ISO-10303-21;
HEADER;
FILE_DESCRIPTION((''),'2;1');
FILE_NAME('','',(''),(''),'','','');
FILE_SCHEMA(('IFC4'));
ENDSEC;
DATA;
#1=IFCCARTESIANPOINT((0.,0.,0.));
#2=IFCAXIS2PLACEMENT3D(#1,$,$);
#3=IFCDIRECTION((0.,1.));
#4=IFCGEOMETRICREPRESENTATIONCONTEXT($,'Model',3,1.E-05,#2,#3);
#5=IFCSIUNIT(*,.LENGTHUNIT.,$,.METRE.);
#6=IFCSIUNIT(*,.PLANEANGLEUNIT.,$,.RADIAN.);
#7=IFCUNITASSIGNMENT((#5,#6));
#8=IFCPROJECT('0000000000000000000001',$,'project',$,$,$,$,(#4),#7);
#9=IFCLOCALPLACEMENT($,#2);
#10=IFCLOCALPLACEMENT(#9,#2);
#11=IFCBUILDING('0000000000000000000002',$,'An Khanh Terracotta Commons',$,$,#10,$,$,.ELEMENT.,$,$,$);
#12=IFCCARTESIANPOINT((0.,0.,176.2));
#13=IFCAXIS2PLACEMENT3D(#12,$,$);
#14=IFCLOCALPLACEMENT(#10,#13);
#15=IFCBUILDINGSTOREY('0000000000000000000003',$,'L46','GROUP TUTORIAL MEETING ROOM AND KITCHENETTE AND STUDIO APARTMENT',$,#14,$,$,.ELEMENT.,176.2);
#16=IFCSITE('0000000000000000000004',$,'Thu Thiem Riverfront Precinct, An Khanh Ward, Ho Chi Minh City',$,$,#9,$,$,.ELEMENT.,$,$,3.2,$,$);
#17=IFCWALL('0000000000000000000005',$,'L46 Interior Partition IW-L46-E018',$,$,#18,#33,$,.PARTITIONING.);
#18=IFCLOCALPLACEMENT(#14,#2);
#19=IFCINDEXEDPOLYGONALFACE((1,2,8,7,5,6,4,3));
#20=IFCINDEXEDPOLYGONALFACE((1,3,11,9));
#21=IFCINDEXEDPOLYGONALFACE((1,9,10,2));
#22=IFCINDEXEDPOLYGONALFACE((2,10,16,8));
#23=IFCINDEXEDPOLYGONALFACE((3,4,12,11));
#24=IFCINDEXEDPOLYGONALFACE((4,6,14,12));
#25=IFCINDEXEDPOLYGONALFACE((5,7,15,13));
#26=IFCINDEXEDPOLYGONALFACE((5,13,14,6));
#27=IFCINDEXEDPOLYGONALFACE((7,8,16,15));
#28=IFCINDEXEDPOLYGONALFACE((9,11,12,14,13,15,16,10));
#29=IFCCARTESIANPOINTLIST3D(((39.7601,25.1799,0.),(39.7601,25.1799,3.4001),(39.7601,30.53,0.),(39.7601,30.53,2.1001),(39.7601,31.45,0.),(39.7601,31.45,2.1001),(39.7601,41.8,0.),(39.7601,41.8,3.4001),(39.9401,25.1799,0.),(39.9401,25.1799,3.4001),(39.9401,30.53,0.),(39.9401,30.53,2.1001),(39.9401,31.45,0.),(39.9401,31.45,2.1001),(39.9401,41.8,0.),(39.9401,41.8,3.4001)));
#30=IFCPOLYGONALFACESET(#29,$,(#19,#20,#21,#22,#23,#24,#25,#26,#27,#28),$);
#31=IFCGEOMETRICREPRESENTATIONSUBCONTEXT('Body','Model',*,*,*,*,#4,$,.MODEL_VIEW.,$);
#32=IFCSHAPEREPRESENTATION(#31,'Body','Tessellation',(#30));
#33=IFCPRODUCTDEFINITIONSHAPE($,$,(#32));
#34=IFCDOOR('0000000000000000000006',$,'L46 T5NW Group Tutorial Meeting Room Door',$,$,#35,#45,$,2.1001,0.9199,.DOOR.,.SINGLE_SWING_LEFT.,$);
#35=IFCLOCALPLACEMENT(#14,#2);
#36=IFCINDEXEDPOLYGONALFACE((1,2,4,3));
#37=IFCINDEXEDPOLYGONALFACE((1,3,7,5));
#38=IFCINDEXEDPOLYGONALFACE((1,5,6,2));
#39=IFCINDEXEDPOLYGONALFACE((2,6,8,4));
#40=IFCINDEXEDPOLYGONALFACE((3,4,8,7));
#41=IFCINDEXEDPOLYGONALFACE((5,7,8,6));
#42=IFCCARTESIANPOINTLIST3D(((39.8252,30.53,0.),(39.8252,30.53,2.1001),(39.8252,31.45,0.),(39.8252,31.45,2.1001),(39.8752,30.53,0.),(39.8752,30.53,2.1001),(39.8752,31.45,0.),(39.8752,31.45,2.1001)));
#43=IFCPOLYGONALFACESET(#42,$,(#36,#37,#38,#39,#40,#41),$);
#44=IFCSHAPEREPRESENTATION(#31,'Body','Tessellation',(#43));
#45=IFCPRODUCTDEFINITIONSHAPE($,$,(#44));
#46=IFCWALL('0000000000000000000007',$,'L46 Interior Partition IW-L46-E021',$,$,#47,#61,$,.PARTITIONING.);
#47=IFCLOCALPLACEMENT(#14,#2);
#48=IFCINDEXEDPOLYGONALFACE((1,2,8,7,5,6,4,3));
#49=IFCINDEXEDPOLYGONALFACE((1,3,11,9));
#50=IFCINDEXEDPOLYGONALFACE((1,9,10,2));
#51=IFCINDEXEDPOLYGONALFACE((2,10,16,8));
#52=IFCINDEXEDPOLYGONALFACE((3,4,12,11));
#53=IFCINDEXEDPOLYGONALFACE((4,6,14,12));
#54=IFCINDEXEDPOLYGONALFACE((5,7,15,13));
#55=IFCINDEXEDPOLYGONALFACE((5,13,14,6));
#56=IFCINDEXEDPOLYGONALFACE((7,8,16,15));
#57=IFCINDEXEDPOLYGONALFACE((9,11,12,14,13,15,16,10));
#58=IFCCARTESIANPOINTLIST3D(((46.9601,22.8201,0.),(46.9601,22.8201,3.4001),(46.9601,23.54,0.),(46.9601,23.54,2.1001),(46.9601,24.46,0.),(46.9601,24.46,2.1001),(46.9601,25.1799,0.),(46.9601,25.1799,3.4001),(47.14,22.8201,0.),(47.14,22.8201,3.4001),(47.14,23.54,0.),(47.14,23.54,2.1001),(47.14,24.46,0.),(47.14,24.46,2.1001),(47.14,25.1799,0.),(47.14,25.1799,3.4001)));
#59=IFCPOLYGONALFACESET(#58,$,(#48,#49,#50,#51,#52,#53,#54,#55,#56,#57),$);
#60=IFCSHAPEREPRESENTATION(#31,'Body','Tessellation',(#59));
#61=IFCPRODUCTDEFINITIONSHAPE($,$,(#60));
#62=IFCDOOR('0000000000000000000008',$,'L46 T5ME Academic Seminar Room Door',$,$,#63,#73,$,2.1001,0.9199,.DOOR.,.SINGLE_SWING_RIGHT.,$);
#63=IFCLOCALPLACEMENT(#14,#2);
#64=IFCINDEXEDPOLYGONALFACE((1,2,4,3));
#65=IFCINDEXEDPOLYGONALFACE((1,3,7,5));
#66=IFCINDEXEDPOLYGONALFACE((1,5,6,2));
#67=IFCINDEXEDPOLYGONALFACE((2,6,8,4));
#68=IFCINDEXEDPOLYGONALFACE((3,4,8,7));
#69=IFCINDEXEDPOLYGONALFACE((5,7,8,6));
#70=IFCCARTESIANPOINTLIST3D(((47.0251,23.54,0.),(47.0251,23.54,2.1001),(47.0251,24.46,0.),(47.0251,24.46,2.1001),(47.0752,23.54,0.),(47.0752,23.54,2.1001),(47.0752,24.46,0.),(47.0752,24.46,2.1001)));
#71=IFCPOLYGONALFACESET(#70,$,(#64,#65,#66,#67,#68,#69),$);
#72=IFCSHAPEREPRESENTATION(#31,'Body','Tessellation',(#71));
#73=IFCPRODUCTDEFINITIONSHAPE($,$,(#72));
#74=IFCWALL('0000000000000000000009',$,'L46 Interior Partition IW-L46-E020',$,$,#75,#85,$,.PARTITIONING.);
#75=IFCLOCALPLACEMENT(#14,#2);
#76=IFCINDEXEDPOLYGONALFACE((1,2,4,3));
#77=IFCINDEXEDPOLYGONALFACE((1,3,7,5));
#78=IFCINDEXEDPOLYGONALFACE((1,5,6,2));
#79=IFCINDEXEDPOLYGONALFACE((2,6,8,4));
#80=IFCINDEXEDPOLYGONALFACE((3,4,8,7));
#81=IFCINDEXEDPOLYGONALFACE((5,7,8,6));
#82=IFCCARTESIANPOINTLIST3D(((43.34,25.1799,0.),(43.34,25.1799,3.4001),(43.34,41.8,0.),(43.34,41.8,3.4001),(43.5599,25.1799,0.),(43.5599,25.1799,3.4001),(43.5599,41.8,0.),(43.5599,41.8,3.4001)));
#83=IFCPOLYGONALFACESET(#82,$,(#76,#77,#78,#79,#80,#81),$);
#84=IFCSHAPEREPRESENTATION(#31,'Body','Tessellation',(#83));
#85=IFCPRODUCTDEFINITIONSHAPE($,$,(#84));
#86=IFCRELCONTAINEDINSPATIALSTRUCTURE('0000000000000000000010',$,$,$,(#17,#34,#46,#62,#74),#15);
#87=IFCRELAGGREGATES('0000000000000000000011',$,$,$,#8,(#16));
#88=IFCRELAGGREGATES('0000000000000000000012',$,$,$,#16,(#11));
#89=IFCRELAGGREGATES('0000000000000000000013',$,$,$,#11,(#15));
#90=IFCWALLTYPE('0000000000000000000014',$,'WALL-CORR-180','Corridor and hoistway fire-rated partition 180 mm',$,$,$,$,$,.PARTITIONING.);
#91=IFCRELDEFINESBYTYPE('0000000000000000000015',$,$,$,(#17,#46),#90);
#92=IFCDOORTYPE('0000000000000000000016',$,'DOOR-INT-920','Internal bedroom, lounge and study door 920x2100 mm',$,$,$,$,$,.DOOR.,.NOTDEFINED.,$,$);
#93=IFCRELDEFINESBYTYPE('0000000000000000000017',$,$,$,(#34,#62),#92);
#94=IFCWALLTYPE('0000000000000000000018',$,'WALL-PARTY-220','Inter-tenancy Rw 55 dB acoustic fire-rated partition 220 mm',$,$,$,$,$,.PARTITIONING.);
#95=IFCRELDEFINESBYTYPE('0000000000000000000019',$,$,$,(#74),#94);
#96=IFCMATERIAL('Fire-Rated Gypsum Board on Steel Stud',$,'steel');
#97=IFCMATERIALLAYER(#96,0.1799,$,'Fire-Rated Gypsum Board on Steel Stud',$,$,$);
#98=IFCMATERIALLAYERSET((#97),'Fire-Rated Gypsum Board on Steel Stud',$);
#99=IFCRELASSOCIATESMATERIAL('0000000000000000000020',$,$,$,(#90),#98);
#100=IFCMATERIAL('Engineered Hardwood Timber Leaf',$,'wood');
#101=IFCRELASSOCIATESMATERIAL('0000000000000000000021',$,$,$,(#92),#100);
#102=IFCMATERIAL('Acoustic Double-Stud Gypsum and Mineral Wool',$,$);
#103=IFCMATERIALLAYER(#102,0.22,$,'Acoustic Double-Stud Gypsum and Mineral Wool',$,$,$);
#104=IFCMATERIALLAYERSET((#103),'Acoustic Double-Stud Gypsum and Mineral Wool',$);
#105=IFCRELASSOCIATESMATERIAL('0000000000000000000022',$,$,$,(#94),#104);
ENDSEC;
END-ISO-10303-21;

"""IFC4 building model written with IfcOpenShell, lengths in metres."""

from ifc_helpers import new_model, si_unit, direction, frame, frame_2d, origin, place, context, subcontext, project, spatial, rectangle, extrude, material, layer, layer_set, type_object, element, fill, save


model = new_model("IFC4")

# Units and contexts
model_context = context("Model", 3, precision=1e-05, world=origin(), true_north=direction((0.0, 1.0)))
body_context = subcontext(model_context, "Body", "Model", "MODEL_VIEW")
ifc_project = project(units=[si_unit("LENGTHUNIT", "METRE"), si_unit("PLANEANGLEUNIT", "RADIAN")], contexts=[model_context])

# Site, building, storey
site_placement = place(None, origin())
site = spatial("IfcSite", under=ifc_project, at=site_placement, Name="Thu Thiem Riverfront Precinct, An Khanh Ward, Ho Chi Minh City", CompositionType="ELEMENT", RefElevation=3.2)
building_placement = place(site_placement, origin())
building = spatial("IfcBuilding", under=site, at=building_placement, Name="An Khanh Terracotta Commons", CompositionType="ELEMENT")
storey_placement = place(building_placement, frame((0.0, 0.0, 176.2)))
storey = spatial("IfcBuildingStorey", under=building, at=storey_placement, Name="L46", Description="GROUP TUTORIAL MEETING ROOM AND KITCHENETTE AND STUDIO APARTMENT", CompositionType="ELEMENT", Elevation=176.2)

# Walls, openings, doors
ifc_material_1 = material(Name="Fire-Rated Gypsum Board on Steel Stud", Category="steel")
ifc_layer_1 = layer(ifc_material_1, 0.1799, Name="Fire-Rated Gypsum Board on Steel Stud")
ifc_layer_set_1 = layer_set([ifc_layer_1], Name="Fire-Rated Gypsum Board on Steel Stud")
wall_type_1 = type_object("IfcWallType", Name="WALL-CORR-180", Description="Corridor and hoistway fire-rated partition 180 mm", PredefinedType="PARTITIONING", material=ifc_layer_set_1)
ifc_material_2 = material(Name="Engineered Hardwood Timber Leaf", Category="wood")
door_type = type_object("IfcDoorType", Name="DOOR-INT-920", Description="Internal bedroom, lounge and study door 920x2100 mm", OperationType="NOTDEFINED", PredefinedType="DOOR", material=ifc_material_2)
wall_1_placement = place(storey_placement, frame((39.8501, 25.1799, 0.0), z_axis=(0.0, 0.0, 1.0), x_axis=(0.0, 1.0, 0.0)))
wall_1 = element("IfcWall", 1, at=wall_1_placement, inside=storey, type_object=wall_type_1, Name="L46 Interior Partition IW-L46-E018", PredefinedType="PARTITIONING", context=body_context, shape_type="SweptSolid", body=[
    extrude(rectangle(XDim=16.6201, YDim=0.1799, at=frame_2d((8.3101, 0.0))), origin(), (0.0, 0.0, 1.0), 3.4001),
])
opening_1_placement = place(wall_1_placement, frame((5.3501, 0.0, 0.0)))
opening_1 = element("IfcOpeningElement", 2, at=opening_1_placement, cuts=wall_1, PredefinedType="OPENING", context=body_context, shape_type="SweptSolid", body=[
    extrude(rectangle(XDim=0.9199, YDim=2.1001, at=frame_2d((0.46, 1.05))), frame((0.0, 0.0999, 0.0), z_axis=(0.0, -1.0, 0.0), x_axis=(1.0, 0.0, 0.0)), (0.0, 0.0, 1.0), 0.2),
])
door_1_placement = place(opening_1_placement, origin())
door_1 = element("IfcDoor", 3, at=door_1_placement, inside=storey, type_object=door_type, Name="L46 T5NW Group Tutorial Meeting Room Door", OperationType="SINGLE_SWING_LEFT", OverallHeight=2.1001, OverallWidth=0.9199, PredefinedType="DOOR", context=body_context, shape_type="SweptSolid", body=[
    extrude(rectangle(XDim=0.9199, YDim=2.1001, at=frame_2d((0.46, 1.05))), frame((0.0, 0.0249, 0.0), z_axis=(0.0, -1.0, 0.0), x_axis=(1.0, 0.0, 0.0)), (0.0, 0.0, 1.0), 0.05),
])
fill(opening_1, door_1)
wall_2_placement = place(storey_placement, frame((47.05, 22.8201, 0.0), z_axis=(0.0, 0.0, 1.0), x_axis=(0.0, 1.0, 0.0)))
wall_2 = element("IfcWall", 4, at=wall_2_placement, inside=storey, type_object=wall_type_1, Name="L46 Interior Partition IW-L46-E021", PredefinedType="PARTITIONING", context=body_context, shape_type="SweptSolid", body=[
    extrude(rectangle(XDim=2.3599, YDim=0.1799, at=frame_2d((1.1799, 0.0))), origin(), (0.0, 0.0, 1.0), 3.4001),
])
opening_2_placement = place(wall_2_placement, frame((0.72, 0.0, 0.0)))
opening_2 = element("IfcOpeningElement", 5, at=opening_2_placement, cuts=wall_2, PredefinedType="OPENING", context=body_context, shape_type="SweptSolid", body=[
    extrude(rectangle(XDim=0.9199, YDim=2.1001, at=frame_2d((0.46, 1.05))), frame((0.0, 0.0999, 0.0), z_axis=(0.0, -1.0, 0.0), x_axis=(1.0, 0.0, 0.0)), (0.0, 0.0, 1.0), 0.2),
])
door_2_placement = place(opening_2_placement, origin())
door_2 = element("IfcDoor", 6, at=door_2_placement, inside=storey, type_object=door_type, Name="L46 T5ME Academic Seminar Room Door", OperationType="SINGLE_SWING_RIGHT", OverallHeight=2.1001, OverallWidth=0.9199, PredefinedType="DOOR", context=body_context, shape_type="SweptSolid", body=[
    extrude(rectangle(XDim=0.9199, YDim=2.1001, at=frame_2d((0.46, 1.05))), frame((0.0, 0.0249, 0.0), z_axis=(0.0, -1.0, 0.0), x_axis=(1.0, 0.0, 0.0)), (0.0, 0.0, 1.0), 0.05),
])
fill(opening_2, door_2)

# Wall
ifc_material_3 = material(Name="Acoustic Double-Stud Gypsum and Mineral Wool")
ifc_layer_2 = layer(ifc_material_3, 0.22, Name="Acoustic Double-Stud Gypsum and Mineral Wool")
ifc_layer_set_2 = layer_set([ifc_layer_2], Name="Acoustic Double-Stud Gypsum and Mineral Wool")
wall_type_2 = type_object("IfcWallType", Name="WALL-PARTY-220", Description="Inter-tenancy Rw 55 dB acoustic fire-rated partition 220 mm", PredefinedType="PARTITIONING", material=ifc_layer_set_2)
wall_3_placement = place(storey_placement, frame((43.45, 25.1799, 0.0), z_axis=(0.0, 0.0, 1.0), x_axis=(0.0, 1.0, 0.0)))
element("IfcWall", 7, at=wall_3_placement, inside=storey, type_object=wall_type_2, Name="L46 Interior Partition IW-L46-E020", PredefinedType="PARTITIONING", context=body_context, shape_type="SweptSolid", body=[
    extrude(rectangle(XDim=16.6201, YDim=0.22, at=frame_2d((8.3101, 0.0))), origin(), (0.0, 0.0, 1.0), 3.4001),
])

save(model, "model.ifc")
